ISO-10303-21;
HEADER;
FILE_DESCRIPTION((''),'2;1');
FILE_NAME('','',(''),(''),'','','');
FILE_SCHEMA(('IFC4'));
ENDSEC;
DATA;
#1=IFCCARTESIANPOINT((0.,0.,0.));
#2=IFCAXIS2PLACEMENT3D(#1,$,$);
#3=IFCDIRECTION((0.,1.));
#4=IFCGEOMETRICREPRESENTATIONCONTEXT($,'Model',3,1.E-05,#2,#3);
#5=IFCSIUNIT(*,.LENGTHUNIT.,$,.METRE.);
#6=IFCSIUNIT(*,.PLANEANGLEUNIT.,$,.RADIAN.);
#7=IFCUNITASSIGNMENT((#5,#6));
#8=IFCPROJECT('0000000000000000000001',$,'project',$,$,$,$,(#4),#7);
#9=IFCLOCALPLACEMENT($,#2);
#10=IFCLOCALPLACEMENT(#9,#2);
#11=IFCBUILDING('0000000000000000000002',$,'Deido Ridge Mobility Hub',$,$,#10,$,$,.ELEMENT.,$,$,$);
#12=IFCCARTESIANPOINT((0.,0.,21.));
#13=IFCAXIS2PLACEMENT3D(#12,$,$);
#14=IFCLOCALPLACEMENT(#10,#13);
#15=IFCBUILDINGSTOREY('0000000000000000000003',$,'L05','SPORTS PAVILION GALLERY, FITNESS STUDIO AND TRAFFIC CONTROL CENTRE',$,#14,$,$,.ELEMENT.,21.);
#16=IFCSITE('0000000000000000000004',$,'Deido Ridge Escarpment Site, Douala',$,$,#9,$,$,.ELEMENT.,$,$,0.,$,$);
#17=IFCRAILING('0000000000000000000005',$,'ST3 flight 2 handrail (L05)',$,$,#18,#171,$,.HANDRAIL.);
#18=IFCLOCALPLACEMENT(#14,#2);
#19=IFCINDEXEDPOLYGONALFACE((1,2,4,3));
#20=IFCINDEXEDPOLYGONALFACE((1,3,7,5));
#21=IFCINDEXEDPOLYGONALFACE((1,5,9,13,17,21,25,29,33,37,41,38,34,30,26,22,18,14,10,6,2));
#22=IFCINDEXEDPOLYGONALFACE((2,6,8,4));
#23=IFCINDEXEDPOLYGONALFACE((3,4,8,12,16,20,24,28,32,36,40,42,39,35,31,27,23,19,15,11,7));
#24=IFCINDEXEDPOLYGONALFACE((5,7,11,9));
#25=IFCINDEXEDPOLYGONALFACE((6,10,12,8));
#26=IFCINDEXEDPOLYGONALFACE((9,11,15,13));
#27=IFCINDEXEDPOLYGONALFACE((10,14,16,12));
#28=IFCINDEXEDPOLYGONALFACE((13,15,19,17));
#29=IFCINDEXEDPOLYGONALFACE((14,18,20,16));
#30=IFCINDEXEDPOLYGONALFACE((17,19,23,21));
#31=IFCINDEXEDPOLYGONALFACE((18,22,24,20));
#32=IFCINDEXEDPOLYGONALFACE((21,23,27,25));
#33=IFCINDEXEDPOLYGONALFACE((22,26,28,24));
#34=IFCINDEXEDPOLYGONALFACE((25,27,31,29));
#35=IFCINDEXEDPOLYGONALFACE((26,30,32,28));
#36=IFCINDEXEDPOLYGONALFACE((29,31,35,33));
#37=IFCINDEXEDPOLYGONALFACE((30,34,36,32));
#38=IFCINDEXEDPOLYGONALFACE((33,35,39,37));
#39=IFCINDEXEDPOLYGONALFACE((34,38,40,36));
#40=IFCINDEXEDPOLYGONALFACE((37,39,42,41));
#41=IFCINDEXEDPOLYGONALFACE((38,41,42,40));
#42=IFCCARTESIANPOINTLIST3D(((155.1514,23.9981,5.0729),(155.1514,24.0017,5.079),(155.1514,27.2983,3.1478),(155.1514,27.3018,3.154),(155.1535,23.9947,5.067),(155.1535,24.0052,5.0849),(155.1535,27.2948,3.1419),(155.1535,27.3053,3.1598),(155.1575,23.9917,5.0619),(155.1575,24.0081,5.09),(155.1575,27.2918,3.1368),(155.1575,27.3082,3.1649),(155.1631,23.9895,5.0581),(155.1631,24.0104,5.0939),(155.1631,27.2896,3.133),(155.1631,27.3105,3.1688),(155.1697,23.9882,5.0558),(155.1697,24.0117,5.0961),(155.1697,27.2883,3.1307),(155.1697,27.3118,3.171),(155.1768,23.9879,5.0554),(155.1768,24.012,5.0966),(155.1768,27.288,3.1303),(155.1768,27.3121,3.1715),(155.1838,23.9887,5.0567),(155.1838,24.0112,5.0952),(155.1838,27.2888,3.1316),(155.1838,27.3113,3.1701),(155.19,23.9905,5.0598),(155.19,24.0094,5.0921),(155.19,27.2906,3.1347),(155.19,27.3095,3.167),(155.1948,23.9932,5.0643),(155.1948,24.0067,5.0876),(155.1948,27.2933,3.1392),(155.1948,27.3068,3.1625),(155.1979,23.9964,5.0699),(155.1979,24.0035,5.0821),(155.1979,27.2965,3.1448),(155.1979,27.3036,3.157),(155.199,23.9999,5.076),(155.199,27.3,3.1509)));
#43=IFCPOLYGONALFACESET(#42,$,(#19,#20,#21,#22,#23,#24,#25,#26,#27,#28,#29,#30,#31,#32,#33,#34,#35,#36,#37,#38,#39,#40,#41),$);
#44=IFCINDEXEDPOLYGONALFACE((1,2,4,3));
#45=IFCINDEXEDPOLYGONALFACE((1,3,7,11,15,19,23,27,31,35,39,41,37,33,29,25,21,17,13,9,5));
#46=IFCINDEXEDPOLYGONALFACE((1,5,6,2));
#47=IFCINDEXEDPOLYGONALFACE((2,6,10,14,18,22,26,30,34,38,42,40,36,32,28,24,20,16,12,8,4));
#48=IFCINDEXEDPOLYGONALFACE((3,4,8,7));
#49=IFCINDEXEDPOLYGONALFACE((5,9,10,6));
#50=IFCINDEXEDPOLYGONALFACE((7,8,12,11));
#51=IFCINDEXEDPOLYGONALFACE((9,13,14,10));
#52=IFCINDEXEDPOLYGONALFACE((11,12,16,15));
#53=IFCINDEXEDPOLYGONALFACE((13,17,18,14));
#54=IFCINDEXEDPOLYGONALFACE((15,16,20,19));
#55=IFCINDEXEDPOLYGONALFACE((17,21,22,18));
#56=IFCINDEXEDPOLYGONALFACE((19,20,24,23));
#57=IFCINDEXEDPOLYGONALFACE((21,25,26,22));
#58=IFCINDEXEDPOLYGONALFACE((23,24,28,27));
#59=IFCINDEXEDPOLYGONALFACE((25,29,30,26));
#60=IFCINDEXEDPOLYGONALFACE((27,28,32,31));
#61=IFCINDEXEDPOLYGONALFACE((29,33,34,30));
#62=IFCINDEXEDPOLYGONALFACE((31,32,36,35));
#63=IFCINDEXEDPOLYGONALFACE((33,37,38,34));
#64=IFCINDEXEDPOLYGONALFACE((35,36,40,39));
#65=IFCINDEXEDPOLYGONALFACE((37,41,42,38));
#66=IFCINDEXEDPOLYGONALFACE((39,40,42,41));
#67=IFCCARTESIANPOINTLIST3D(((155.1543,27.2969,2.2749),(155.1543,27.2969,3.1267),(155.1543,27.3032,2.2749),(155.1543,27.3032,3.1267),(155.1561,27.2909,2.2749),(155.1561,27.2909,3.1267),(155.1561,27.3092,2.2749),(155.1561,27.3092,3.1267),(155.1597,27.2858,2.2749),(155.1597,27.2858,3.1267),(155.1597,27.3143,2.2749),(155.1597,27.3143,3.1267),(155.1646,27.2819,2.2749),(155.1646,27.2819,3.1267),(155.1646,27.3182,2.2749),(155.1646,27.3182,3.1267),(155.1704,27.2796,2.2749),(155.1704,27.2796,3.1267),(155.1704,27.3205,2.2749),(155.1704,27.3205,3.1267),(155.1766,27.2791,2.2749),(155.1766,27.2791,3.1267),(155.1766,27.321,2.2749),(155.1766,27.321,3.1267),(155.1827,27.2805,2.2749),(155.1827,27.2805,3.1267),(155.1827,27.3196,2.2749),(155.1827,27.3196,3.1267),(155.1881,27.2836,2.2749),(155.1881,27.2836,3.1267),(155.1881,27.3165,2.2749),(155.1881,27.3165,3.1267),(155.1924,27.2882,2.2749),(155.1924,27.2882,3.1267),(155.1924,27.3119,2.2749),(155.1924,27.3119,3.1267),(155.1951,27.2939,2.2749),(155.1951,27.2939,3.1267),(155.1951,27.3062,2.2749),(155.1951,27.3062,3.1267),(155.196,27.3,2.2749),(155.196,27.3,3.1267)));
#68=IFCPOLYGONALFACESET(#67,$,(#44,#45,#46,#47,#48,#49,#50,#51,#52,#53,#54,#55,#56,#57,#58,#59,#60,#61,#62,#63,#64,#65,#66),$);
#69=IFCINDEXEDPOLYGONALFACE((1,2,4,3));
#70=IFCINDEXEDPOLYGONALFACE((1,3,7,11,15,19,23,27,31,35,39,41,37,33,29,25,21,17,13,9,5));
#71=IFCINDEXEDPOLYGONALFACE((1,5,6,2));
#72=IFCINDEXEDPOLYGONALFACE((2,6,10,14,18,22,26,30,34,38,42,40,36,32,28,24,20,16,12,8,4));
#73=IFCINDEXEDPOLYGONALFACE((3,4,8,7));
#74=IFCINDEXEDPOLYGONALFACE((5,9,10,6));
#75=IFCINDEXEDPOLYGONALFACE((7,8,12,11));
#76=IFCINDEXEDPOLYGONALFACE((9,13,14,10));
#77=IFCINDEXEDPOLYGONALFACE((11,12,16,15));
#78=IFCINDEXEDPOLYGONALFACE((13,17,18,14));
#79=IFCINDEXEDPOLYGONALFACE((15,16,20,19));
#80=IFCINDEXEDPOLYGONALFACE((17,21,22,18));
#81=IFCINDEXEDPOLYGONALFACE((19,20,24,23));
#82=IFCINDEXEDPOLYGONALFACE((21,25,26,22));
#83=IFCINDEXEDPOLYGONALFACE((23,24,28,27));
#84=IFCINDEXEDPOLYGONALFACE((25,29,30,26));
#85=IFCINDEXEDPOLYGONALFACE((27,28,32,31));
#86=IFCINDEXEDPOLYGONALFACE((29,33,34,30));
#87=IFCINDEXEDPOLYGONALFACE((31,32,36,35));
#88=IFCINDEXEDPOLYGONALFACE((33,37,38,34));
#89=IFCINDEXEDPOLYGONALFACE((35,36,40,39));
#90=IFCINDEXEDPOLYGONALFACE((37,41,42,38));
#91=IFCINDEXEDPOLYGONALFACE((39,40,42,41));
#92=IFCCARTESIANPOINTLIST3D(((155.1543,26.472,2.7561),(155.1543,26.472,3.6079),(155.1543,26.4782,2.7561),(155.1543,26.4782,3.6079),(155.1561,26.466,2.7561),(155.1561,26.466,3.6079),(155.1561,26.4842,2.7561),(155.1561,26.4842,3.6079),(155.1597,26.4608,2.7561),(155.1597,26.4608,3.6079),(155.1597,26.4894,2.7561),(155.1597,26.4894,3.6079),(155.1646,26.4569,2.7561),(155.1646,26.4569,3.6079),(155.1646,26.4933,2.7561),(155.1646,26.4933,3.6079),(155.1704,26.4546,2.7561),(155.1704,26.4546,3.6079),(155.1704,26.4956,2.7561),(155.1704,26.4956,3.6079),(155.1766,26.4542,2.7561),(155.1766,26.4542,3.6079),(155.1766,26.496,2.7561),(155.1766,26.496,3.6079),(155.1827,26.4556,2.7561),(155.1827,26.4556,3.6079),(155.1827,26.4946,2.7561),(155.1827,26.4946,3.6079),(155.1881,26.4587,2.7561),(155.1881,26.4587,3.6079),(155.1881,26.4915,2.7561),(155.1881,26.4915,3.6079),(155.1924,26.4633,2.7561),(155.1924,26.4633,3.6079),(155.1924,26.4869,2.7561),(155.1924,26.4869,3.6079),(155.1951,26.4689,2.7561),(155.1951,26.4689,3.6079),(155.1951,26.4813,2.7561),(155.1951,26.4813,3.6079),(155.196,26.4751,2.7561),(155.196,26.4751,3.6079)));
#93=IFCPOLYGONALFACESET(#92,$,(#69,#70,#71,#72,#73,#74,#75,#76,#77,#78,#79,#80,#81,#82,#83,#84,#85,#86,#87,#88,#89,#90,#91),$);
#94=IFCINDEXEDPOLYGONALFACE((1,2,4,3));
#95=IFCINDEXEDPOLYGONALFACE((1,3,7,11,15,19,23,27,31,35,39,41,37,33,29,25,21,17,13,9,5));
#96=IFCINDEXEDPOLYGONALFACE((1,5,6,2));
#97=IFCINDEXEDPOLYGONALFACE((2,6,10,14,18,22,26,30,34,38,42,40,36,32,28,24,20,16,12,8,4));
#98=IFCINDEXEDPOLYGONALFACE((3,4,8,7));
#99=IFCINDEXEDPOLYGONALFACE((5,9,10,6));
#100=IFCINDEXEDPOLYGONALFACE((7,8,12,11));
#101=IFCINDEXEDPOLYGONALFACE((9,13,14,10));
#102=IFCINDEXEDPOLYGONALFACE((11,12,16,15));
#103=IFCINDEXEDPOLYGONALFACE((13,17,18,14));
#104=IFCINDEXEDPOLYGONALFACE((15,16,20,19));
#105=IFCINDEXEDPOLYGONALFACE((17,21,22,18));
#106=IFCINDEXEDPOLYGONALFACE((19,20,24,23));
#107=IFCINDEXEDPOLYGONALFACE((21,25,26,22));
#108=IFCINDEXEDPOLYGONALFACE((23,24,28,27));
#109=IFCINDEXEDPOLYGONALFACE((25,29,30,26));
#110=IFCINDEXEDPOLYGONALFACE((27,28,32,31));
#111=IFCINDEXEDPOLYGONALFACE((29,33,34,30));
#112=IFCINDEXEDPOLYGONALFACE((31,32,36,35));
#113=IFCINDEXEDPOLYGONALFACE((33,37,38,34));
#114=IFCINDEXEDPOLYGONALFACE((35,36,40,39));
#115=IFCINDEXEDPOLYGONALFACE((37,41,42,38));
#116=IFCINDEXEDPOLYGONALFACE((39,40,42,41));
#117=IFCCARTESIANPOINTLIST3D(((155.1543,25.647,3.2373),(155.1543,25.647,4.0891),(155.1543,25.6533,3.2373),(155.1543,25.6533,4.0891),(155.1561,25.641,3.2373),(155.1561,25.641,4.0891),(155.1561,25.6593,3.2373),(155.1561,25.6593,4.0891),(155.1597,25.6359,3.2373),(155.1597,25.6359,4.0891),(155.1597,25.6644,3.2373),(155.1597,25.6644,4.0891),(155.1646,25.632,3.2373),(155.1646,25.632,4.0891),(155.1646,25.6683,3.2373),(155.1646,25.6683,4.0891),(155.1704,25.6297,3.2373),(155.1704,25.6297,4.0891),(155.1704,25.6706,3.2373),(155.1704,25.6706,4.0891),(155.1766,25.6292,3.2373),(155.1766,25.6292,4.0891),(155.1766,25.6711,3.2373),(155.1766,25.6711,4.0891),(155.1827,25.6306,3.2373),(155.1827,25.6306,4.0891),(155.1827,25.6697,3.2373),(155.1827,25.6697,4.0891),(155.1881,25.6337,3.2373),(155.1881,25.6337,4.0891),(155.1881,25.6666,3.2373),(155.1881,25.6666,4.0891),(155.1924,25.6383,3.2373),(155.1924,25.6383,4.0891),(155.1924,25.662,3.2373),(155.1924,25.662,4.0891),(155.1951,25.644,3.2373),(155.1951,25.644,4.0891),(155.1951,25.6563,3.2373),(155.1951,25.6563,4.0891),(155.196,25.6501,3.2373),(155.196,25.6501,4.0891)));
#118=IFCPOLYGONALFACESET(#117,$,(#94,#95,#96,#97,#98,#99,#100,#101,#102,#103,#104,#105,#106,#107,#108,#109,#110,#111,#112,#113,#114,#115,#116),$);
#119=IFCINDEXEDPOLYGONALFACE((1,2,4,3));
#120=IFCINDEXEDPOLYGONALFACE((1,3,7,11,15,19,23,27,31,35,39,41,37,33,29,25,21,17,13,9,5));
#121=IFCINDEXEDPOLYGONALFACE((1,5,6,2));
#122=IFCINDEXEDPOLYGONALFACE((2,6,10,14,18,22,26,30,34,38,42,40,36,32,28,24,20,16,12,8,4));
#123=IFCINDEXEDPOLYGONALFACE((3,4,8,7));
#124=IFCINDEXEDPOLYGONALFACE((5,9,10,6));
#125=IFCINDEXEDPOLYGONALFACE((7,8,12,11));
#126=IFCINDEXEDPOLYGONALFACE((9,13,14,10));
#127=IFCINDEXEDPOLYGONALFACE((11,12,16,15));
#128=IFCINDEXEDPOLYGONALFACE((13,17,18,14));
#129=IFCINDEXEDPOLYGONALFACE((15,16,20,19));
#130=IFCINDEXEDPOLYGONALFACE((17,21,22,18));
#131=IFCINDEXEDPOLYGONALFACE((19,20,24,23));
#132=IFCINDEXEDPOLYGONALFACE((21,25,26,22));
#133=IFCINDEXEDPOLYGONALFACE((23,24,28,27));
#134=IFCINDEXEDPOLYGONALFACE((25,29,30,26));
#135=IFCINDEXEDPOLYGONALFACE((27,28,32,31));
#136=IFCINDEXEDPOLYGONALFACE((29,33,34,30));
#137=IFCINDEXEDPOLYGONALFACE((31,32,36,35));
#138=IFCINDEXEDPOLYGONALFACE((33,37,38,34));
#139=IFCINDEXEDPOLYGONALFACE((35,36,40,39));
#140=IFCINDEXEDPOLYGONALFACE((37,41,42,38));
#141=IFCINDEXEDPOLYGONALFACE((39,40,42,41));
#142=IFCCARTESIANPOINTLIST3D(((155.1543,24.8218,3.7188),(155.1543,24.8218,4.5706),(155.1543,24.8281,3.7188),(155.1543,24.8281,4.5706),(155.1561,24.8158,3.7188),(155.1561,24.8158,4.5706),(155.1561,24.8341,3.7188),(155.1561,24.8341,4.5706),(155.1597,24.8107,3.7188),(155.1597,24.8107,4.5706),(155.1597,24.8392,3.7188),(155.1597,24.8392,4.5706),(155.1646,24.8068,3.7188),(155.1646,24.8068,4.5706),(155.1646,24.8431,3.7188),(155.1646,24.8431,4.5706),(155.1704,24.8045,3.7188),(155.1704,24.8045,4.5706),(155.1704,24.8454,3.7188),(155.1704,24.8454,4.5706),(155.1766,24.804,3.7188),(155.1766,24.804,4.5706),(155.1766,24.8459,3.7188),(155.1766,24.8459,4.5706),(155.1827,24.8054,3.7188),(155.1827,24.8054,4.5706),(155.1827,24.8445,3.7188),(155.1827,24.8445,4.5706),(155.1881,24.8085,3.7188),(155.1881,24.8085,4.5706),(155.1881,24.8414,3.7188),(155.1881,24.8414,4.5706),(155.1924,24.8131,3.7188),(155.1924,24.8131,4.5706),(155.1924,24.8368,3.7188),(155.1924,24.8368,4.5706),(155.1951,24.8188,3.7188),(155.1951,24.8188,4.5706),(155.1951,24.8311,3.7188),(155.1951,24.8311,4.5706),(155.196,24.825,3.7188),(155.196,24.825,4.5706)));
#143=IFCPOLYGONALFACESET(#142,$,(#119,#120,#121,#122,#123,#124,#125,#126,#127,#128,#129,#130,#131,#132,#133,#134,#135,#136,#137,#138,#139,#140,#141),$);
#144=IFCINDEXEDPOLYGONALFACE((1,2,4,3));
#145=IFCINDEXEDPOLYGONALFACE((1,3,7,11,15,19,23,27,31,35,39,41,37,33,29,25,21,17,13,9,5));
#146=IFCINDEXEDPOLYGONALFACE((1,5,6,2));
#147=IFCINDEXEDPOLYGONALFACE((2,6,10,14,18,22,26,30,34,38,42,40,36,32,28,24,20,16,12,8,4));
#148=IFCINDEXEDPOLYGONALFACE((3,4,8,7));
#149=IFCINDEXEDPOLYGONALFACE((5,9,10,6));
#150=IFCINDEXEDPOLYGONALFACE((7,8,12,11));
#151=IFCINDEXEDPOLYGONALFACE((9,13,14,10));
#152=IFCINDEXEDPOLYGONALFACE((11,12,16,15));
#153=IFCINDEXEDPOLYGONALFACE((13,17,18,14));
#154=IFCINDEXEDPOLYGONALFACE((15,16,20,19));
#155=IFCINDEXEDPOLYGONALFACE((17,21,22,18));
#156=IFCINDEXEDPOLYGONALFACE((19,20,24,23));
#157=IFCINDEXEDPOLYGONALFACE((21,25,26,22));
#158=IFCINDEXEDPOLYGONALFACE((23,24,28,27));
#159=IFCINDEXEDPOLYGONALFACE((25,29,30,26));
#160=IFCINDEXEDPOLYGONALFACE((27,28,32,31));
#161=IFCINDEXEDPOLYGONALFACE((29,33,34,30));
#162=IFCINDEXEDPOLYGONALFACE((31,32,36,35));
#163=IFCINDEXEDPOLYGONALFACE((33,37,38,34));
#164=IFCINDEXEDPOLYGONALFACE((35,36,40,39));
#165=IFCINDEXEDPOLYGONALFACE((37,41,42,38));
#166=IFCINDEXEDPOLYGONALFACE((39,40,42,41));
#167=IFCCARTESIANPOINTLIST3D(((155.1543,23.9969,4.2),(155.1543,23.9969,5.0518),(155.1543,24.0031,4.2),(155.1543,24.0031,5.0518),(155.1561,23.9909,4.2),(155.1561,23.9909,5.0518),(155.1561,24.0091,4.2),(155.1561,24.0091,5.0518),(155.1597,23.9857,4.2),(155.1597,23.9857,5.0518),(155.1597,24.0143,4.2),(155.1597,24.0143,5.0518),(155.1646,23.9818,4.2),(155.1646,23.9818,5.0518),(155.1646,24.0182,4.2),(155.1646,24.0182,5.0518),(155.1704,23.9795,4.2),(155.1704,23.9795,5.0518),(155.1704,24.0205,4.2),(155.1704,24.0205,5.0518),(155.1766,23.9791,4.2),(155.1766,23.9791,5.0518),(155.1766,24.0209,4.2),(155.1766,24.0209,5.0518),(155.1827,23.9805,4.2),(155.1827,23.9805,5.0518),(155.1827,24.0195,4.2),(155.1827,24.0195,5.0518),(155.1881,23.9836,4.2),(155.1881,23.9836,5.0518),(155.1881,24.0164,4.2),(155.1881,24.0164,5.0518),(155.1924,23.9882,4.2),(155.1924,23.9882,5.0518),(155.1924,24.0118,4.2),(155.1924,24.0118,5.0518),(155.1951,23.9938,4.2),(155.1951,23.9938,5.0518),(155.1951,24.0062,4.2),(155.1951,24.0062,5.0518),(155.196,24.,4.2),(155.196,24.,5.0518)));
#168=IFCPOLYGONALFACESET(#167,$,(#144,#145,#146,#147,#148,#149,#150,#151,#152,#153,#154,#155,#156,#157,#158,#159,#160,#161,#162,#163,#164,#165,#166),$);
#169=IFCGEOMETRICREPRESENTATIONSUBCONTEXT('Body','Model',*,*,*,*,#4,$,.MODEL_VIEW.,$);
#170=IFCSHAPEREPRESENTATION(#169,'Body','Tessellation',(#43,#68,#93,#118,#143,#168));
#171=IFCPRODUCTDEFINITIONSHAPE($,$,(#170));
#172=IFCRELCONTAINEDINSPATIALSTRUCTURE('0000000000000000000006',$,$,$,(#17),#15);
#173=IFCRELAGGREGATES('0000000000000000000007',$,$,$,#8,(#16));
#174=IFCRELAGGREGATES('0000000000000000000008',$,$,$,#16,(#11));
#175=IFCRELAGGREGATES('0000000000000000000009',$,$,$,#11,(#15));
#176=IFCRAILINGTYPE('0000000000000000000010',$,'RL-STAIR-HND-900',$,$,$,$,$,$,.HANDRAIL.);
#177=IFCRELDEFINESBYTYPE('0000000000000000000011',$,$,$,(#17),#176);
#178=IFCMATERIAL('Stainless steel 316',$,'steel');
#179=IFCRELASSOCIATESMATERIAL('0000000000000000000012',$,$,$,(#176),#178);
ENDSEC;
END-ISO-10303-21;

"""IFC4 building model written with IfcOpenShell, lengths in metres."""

from ifc_helpers import new_model, si_unit, direction, frame, origin, origin_2d, place, context, subcontext, project, spatial, circle, extrude, material, type_object, element, save


model = new_model("IFC4")

# Units and contexts
model_context = context("Model", 3, precision=1e-05, world=origin(), true_north=direction((0.0, 1.0)))
body_context = subcontext(model_context, "Body", "Model", "MODEL_VIEW")
ifc_project = project(units=[si_unit("LENGTHUNIT", "METRE"), si_unit("PLANEANGLEUNIT", "RADIAN")], contexts=[model_context])

# Site, building, storey
site_placement = place(None, origin())
site = spatial("IfcSite", under=ifc_project, at=site_placement, Name="Deido Ridge Escarpment Site, Douala", CompositionType="ELEMENT", RefElevation=0.0)
building_placement = place(site_placement, origin())
building = spatial("IfcBuilding", under=site, at=building_placement, Name="Deido Ridge Mobility Hub", CompositionType="ELEMENT")
storey_placement = place(building_placement, frame((0.0, 0.0, 21.0)))
storey = spatial("IfcBuildingStorey", under=building, at=storey_placement, Name="L05", Description="SPORTS PAVILION GALLERY, FITNESS STUDIO AND TRAFFIC CONTROL CENTRE", CompositionType="ELEMENT", Elevation=21.0)

# Shared definitions
ifc_material_1 = material(Name="Stainless steel 316", Category="steel")

# Railing
railing_type_1 = type_object("IfcRailingType", Name="RL-STAIR-HND-900", PredefinedType="HANDRAIL", material=ifc_material_1)
railing_1_placement = place(storey_placement, frame((155.175, 27.3, 2.2749)))
element("IfcRailing", 1, at=railing_1_placement, inside=storey, type_object=railing_type_1, Name="ST3 flight 2 handrail (L05)", PredefinedType="HANDRAIL", context=body_context, shape_type="SweptSolid", body=[
    extrude(circle(Radius=0.0239, at=origin_2d()), frame((0.0, 0.0, 0.876), z_axis=(0.0, -0.863777, 0.503875), x_axis=(1.0, 0.0, 0.0)), (0.0, 0.0, 1.0), 3.8206),
    extrude(circle(Radius=0.021, at=origin_2d()), origin(), (0.0, 0.0, 1.0), 0.8518),
    extrude(circle(Radius=0.021, at=origin_2d()), frame((0.0, -0.825, 0.4812)), (0.0, 0.0, 1.0), 0.8518),
    extrude(circle(Radius=0.021, at=origin_2d()), frame((0.0, -1.6499, 0.9624)), (0.0, 0.0, 1.0), 0.8518),
    extrude(circle(Radius=0.021, at=origin_2d()), frame((0.0, -2.4751, 1.4438)), (0.0, 0.0, 1.0), 0.8518),
    extrude(circle(Radius=0.021, at=origin_2d()), frame((0.0, -3.3, 1.925)), (0.0, 0.0, 1.0), 0.8518),
])

save(model, "model.ifc")
